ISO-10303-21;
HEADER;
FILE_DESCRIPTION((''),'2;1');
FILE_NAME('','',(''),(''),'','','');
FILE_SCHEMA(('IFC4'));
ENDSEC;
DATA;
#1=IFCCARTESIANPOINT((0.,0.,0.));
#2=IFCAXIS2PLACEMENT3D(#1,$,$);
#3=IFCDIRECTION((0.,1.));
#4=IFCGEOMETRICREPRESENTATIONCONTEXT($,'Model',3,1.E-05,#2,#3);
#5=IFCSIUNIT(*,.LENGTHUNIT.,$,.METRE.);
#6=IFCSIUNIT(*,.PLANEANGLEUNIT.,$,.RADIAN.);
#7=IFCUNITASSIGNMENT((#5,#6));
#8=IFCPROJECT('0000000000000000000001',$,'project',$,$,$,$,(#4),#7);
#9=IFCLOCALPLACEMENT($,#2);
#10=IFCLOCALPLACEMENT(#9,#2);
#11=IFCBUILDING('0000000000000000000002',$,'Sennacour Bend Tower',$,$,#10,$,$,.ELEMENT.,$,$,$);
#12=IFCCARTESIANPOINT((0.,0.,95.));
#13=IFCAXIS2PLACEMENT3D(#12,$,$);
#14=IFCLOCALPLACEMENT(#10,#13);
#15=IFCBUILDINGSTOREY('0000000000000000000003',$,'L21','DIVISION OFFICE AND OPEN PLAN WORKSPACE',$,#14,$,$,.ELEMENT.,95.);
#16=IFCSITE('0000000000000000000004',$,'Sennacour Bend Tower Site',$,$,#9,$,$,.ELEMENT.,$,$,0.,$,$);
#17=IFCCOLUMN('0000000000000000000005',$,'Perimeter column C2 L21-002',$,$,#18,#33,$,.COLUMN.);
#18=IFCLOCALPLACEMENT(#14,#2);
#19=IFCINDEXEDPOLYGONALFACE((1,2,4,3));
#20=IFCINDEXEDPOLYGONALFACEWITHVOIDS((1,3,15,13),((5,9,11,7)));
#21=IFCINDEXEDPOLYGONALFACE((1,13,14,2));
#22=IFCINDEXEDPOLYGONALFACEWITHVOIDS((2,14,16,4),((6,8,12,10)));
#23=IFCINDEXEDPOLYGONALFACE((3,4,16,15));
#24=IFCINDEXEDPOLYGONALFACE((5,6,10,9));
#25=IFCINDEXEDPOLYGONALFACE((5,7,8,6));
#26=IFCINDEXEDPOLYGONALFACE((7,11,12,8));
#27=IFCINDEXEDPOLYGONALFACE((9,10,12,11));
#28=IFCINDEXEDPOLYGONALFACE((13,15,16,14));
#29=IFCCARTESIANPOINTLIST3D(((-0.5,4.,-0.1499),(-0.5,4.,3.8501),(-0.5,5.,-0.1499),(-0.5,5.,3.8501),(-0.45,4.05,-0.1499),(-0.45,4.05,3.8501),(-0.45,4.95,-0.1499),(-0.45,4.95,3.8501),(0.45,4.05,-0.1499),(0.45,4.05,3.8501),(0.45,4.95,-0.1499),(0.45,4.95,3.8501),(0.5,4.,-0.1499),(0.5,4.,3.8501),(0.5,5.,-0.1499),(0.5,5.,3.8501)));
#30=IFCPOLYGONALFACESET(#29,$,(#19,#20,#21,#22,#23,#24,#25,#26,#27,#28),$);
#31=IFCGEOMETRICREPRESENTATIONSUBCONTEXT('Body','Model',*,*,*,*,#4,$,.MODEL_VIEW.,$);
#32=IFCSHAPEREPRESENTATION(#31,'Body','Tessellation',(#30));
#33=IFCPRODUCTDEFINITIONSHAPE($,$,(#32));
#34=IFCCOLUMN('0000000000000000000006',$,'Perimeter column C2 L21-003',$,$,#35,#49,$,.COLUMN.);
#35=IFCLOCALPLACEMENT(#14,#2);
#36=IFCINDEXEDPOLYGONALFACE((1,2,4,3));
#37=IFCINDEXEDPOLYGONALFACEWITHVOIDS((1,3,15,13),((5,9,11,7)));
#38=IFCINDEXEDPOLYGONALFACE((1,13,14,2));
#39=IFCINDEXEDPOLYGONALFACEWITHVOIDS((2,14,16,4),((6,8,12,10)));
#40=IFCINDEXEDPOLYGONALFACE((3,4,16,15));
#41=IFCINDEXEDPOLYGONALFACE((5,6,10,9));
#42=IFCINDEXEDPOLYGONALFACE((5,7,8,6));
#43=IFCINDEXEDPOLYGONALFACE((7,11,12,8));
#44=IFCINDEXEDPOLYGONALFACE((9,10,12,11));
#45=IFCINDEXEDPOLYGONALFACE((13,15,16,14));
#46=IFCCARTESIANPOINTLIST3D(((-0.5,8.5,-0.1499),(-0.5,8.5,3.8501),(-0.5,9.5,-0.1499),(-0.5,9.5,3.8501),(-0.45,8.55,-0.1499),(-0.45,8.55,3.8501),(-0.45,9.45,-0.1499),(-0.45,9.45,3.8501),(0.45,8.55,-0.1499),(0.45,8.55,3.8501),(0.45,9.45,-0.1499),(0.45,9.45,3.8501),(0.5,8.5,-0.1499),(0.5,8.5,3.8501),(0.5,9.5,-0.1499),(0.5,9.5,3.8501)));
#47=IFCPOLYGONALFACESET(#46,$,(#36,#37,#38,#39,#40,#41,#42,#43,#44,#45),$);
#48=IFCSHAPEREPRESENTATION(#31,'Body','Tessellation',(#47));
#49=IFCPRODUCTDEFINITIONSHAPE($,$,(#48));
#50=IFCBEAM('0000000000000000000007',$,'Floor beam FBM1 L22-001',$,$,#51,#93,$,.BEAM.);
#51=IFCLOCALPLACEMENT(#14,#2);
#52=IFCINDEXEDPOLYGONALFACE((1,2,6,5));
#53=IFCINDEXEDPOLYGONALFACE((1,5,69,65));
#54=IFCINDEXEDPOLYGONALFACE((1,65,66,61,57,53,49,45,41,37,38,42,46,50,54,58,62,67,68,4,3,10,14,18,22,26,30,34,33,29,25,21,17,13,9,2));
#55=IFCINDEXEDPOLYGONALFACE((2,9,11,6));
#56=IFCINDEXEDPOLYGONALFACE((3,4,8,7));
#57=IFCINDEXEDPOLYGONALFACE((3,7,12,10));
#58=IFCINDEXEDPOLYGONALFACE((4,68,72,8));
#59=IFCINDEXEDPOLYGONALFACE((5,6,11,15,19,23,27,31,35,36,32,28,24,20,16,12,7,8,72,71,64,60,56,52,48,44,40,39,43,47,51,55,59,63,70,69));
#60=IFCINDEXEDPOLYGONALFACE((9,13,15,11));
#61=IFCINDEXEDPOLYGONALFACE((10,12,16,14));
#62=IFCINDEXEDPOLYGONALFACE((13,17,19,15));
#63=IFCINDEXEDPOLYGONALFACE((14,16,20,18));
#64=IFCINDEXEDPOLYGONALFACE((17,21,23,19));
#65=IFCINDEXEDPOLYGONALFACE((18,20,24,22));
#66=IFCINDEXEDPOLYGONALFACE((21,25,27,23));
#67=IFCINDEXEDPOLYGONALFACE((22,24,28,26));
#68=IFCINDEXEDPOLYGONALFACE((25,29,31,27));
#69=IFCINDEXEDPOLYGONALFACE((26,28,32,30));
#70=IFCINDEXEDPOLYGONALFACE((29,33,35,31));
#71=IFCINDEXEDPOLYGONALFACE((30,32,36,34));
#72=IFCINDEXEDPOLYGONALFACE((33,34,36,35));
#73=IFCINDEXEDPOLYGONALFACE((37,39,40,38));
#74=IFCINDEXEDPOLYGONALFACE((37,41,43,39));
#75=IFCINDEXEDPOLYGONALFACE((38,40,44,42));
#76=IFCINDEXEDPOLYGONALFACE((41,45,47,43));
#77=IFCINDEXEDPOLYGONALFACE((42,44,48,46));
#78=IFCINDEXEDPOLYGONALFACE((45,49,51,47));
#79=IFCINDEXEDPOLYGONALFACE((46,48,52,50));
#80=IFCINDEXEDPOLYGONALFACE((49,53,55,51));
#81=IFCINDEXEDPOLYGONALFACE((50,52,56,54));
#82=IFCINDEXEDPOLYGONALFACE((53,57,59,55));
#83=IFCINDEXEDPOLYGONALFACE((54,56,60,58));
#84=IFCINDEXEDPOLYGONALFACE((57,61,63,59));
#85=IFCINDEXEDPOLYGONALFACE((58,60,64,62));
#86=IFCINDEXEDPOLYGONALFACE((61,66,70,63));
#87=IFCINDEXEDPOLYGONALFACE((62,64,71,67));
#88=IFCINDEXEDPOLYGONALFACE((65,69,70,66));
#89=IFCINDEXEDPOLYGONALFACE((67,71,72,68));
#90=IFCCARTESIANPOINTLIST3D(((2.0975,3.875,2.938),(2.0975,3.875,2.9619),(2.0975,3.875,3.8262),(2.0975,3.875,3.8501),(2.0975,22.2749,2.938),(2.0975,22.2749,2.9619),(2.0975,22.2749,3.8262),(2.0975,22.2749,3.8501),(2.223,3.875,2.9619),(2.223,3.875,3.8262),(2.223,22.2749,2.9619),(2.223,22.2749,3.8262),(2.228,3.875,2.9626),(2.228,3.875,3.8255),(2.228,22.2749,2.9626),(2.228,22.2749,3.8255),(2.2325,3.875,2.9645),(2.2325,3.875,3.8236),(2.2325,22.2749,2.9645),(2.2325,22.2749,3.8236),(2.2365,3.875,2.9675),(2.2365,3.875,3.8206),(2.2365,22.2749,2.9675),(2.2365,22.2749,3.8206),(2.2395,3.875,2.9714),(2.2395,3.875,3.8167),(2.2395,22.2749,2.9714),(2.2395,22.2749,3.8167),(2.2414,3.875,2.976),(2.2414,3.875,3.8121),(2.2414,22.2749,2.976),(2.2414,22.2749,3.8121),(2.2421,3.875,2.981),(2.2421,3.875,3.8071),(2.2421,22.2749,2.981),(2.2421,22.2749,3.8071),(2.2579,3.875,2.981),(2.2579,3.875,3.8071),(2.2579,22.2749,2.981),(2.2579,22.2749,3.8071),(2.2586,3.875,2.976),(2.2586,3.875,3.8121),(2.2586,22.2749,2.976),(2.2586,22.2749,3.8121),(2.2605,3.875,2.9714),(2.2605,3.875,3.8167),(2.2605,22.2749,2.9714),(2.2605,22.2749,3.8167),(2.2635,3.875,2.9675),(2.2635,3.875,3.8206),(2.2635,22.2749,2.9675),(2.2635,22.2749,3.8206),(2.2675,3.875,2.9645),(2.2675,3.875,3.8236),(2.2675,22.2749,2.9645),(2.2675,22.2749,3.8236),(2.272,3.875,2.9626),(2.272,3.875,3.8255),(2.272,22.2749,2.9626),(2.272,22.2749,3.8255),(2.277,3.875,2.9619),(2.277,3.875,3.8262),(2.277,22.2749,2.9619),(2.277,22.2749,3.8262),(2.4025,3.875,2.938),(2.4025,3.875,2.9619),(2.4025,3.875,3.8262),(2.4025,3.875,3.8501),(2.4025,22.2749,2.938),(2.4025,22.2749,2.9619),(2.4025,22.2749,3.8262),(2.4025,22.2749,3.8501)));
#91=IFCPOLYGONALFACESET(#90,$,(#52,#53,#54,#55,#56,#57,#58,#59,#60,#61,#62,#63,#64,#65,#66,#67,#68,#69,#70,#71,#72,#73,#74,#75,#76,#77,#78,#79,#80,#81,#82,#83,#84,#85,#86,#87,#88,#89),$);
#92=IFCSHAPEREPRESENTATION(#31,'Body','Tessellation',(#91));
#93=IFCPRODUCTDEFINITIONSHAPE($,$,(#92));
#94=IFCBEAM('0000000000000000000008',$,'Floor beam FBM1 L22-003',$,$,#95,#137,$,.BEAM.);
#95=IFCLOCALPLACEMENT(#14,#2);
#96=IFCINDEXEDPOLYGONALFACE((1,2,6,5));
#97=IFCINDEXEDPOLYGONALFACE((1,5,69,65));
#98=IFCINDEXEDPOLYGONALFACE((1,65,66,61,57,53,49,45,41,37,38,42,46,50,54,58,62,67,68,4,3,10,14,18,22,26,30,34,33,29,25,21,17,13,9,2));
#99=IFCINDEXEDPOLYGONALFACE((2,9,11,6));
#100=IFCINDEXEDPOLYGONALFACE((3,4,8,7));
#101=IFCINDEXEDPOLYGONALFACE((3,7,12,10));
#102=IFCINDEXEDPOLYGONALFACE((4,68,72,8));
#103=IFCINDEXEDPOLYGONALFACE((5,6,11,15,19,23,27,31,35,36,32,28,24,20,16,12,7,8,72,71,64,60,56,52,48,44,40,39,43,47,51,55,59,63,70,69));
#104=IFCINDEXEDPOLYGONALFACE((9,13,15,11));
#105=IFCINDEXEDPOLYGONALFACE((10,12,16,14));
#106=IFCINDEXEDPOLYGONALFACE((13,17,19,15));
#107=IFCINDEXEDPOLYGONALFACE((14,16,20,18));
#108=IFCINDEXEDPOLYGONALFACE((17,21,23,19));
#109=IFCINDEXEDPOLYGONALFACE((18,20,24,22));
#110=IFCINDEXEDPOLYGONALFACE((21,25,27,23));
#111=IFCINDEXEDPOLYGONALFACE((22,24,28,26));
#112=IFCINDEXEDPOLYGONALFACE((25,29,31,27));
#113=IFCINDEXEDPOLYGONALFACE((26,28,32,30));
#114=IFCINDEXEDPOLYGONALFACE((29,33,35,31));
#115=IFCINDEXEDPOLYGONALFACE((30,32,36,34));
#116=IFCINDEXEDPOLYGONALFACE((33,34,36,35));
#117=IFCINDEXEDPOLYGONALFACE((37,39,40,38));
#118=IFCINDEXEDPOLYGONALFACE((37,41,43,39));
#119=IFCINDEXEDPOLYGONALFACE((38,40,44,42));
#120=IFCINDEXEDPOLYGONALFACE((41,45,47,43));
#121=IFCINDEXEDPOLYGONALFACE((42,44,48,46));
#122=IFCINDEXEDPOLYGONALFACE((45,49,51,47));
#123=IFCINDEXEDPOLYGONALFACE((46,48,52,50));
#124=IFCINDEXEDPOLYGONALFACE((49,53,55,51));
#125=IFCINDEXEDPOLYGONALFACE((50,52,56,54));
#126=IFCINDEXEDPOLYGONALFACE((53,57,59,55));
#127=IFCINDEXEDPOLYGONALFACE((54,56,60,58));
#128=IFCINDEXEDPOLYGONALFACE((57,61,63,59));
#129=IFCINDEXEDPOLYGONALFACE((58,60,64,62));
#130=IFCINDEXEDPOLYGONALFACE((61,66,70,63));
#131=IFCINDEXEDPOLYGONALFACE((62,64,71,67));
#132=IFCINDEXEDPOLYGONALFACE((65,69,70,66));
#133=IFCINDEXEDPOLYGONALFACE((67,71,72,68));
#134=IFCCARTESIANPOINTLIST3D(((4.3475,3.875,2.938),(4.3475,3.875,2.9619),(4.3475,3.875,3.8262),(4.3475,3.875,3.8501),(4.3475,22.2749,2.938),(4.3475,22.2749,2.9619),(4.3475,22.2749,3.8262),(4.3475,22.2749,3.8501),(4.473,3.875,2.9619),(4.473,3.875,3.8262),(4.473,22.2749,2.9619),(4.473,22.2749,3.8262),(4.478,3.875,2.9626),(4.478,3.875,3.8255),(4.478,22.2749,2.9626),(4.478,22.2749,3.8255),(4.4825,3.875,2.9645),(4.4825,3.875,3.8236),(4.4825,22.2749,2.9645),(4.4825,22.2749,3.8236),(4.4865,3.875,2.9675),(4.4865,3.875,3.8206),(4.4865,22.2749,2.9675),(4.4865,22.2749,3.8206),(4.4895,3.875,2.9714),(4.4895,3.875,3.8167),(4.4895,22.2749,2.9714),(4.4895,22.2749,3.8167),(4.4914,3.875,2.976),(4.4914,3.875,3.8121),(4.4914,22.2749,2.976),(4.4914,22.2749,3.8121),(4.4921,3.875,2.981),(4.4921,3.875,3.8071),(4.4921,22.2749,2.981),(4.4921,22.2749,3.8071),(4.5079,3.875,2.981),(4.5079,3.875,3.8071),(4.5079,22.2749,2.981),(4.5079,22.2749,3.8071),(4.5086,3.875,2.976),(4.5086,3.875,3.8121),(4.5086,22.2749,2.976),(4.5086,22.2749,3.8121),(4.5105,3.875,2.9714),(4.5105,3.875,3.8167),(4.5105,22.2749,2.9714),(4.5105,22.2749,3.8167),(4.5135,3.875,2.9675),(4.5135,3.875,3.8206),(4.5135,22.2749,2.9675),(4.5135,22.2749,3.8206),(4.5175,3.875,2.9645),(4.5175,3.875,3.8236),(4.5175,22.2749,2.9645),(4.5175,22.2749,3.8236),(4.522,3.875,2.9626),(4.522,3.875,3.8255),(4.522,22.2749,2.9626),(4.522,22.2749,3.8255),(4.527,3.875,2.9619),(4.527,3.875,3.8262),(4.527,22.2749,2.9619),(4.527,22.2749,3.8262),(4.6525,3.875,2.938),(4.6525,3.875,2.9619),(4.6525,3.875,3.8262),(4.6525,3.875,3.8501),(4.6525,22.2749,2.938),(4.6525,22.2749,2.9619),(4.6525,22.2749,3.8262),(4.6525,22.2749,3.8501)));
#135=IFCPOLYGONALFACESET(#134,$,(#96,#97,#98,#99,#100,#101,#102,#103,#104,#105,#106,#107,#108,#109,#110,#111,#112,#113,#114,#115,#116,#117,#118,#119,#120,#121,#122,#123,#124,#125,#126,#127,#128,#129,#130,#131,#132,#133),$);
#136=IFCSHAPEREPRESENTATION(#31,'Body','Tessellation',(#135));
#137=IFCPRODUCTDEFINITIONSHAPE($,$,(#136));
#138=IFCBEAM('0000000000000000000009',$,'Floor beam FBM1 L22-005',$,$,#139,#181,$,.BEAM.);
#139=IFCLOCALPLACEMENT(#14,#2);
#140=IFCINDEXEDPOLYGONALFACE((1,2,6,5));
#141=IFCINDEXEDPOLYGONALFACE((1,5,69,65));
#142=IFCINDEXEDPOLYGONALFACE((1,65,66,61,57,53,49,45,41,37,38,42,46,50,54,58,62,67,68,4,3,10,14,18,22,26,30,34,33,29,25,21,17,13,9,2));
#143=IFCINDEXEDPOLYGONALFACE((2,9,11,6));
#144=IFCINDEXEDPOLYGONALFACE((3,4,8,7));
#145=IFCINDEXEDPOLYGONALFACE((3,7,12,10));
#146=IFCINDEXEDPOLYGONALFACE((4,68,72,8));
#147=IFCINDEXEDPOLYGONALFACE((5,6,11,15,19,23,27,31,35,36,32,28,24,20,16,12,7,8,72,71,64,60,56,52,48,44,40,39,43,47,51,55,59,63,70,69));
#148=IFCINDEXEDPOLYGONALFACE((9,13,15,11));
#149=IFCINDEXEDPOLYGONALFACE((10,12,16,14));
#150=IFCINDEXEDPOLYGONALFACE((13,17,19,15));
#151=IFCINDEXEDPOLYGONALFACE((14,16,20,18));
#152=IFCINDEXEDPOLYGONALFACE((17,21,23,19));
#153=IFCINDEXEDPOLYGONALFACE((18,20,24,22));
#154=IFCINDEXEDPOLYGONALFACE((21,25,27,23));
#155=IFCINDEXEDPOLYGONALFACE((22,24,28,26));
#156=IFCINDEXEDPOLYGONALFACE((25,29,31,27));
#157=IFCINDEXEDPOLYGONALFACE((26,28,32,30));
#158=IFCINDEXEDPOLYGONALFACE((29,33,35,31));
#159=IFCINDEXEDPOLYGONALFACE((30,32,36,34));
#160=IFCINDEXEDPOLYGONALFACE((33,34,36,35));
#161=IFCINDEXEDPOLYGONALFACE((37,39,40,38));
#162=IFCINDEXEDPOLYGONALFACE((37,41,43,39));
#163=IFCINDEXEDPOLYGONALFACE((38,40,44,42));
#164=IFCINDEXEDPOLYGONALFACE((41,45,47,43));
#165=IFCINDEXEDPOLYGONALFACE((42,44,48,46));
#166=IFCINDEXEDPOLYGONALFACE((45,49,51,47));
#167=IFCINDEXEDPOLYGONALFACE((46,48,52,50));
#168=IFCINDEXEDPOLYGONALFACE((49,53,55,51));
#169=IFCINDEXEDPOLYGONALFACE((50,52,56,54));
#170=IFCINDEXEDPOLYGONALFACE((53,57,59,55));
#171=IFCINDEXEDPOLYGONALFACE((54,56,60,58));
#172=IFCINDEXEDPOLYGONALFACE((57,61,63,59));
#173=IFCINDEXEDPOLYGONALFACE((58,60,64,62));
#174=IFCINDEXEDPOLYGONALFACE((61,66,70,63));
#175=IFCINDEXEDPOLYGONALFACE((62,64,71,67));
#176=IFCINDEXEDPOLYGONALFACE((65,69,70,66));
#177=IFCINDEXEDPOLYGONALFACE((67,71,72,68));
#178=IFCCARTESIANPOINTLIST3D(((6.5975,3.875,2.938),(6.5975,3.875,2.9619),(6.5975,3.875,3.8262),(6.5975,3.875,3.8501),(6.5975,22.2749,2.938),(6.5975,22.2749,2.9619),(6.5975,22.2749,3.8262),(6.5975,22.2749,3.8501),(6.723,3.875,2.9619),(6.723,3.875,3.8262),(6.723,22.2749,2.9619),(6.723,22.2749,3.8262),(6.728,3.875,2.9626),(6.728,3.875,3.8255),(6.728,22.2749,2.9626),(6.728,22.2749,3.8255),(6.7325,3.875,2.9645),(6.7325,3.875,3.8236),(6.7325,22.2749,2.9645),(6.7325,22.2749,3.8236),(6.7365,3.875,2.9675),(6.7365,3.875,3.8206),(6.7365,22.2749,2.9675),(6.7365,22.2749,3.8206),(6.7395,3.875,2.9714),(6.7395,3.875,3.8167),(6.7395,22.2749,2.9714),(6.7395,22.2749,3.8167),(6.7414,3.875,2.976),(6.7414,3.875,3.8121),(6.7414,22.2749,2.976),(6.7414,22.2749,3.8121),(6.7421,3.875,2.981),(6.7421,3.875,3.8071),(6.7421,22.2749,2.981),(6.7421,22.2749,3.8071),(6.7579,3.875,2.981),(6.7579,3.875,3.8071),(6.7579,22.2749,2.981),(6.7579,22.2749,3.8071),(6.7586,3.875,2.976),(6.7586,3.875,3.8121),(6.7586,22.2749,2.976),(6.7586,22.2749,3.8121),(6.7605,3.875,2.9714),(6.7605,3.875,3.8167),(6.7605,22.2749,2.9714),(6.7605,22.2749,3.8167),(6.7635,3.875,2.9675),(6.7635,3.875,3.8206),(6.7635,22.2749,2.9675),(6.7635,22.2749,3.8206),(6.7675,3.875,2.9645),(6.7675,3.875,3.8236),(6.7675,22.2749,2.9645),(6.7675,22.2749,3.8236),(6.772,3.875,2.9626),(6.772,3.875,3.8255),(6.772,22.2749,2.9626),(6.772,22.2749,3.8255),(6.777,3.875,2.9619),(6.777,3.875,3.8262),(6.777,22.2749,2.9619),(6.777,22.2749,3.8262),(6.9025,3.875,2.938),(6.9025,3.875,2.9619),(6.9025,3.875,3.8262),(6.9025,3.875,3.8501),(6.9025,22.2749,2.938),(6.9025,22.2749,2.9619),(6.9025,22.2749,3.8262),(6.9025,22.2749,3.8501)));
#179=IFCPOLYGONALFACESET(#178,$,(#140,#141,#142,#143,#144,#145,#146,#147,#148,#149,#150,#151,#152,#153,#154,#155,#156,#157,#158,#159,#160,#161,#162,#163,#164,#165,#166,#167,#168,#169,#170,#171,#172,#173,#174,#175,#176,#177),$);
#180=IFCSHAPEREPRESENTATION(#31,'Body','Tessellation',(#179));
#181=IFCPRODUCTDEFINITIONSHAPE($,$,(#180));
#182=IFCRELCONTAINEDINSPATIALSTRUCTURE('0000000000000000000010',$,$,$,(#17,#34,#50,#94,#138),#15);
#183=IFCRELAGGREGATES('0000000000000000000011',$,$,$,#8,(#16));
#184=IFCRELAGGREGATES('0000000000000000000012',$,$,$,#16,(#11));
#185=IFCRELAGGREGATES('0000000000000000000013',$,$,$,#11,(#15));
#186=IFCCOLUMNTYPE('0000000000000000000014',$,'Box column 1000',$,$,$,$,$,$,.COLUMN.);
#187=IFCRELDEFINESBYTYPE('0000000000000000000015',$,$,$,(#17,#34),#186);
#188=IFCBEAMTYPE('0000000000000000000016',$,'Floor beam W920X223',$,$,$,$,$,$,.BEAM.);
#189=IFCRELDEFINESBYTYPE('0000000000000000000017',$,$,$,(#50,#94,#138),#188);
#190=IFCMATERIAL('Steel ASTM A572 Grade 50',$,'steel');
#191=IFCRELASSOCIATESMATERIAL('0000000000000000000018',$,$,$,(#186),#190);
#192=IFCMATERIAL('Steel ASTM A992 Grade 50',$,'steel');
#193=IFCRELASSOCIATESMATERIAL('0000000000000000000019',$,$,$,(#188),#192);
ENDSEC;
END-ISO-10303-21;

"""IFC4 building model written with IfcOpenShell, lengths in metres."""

from ifc_helpers import new_model, si_unit, direction, frame, origin, origin_2d, place, context, subcontext, project, spatial, hollow_rectangle, i_section, extrude, material, material_profile, profile_set, type_object, element, save


model = new_model("IFC4")

# Units and contexts
model_context = context("Model", 3, precision=1e-05, world=origin(), true_north=direction((0.0, 1.0)))
body_context = subcontext(model_context, "Body", "Model", "MODEL_VIEW")
ifc_project = project(units=[si_unit("LENGTHUNIT", "METRE"), si_unit("PLANEANGLEUNIT", "RADIAN")], contexts=[model_context])

# Site, building, storey
site_placement = place(None, origin())
site = spatial("IfcSite", under=ifc_project, at=site_placement, Name="Sennacour Bend Tower Site", CompositionType="ELEMENT", RefElevation=0.0)
building_placement = place(site_placement, origin())
building = spatial("IfcBuilding", under=site, at=building_placement, Name="Sennacour Bend Tower", CompositionType="ELEMENT")
storey_placement = place(building_placement, frame((0.0, 0.0, 95.0)))
storey = spatial("IfcBuildingStorey", under=building, at=storey_placement, Name="L21", Description="DIVISION OFFICE AND OPEN PLAN WORKSPACE", CompositionType="ELEMENT", Elevation=95.0)

# Columns
ifc_material_1 = material(Name="Steel ASTM A572 Grade 50", Category="steel")
ifc_material_profile_1 = material_profile(ifc_material_1, hollow_rectangle(XDim=1.0, YDim=1.0, WallThickness=0.05, at=origin_2d()), Name="Steel ASTM A572 Grade 50", Category="steel")
ifc_profile_set_1 = profile_set([ifc_material_profile_1], Name="Steel ASTM A572 Grade 50")
column_type = type_object("IfcColumnType", Name="Box column 1000", PredefinedType="COLUMN", material=ifc_profile_set_1)
for number, where, z_axis, x_axis, name in (
    (1, (0.0, 4.5, -0.1499), (0.0, 0.0, 1.0), (1.0, 0.0, 0.0), "Perimeter column C2 L21-002"),
    (2, (0.0, 9.0, -0.1499), (0.0, 0.0, 1.0), (1.0, 0.0, 0.0), "Perimeter column C2 L21-003"),
):
    element("IfcColumn", number, at=place(storey_placement, frame(where, z_axis=z_axis, x_axis=x_axis)), inside=storey, type_object=column_type, Name=name, PredefinedType="COLUMN", context=body_context, shape_type="SweptSolid", body=[
        extrude(hollow_rectangle(XDim=1.0, YDim=1.0, WallThickness=0.05, at=origin_2d()), origin(), (0.0, 0.0, 1.0), 4.0),
    ])

# Beams
ifc_material_2 = material(Name="Steel ASTM A992 Grade 50", Category="steel")
ifc_material_profile_2 = material_profile(ifc_material_2, i_section(OverallWidth=0.3049, OverallDepth=0.9121, WebThickness=0.0159, FlangeThickness=0.0239, FilletRadius=0.019, at=origin_2d()), Name="Steel ASTM A992 Grade 50", Category="steel")
ifc_profile_set_2 = profile_set([ifc_material_profile_2], Name="Steel ASTM A992 Grade 50")
beam_type_1 = type_object("IfcBeamType", Name="Floor beam W920X223", PredefinedType="BEAM", material=ifc_profile_set_2)
for number, where, z_axis, x_axis, name in (
    (3, (2.25, 3.875, 3.394), (0.0, 1.0, 0.0), (-1.0, 0.0, 0.0), "Floor beam FBM1 L22-001"),
    (4, (4.5, 3.875, 3.394), (0.0, 1.0, 0.0), (-1.0, 0.0, 0.0), "Floor beam FBM1 L22-003"),
    (5, (6.75, 3.875, 3.394), (0.0, 1.0, 0.0), (-1.0, 0.0, 0.0), "Floor beam FBM1 L22-005"),
):
    element("IfcBeam", number, at=place(storey_placement, frame(where, z_axis=z_axis, x_axis=x_axis)), inside=storey, type_object=beam_type_1, Name=name, PredefinedType="BEAM", context=body_context, shape_type="SweptSolid", body=[
        extrude(i_section(OverallWidth=0.3049, OverallDepth=0.9121, WebThickness=0.0159, FlangeThickness=0.0239, FilletRadius=0.019, at=origin_2d()), origin(), (0.0, 0.0, 1.0), 18.3999),
    ])

save(model, "model.ifc")
